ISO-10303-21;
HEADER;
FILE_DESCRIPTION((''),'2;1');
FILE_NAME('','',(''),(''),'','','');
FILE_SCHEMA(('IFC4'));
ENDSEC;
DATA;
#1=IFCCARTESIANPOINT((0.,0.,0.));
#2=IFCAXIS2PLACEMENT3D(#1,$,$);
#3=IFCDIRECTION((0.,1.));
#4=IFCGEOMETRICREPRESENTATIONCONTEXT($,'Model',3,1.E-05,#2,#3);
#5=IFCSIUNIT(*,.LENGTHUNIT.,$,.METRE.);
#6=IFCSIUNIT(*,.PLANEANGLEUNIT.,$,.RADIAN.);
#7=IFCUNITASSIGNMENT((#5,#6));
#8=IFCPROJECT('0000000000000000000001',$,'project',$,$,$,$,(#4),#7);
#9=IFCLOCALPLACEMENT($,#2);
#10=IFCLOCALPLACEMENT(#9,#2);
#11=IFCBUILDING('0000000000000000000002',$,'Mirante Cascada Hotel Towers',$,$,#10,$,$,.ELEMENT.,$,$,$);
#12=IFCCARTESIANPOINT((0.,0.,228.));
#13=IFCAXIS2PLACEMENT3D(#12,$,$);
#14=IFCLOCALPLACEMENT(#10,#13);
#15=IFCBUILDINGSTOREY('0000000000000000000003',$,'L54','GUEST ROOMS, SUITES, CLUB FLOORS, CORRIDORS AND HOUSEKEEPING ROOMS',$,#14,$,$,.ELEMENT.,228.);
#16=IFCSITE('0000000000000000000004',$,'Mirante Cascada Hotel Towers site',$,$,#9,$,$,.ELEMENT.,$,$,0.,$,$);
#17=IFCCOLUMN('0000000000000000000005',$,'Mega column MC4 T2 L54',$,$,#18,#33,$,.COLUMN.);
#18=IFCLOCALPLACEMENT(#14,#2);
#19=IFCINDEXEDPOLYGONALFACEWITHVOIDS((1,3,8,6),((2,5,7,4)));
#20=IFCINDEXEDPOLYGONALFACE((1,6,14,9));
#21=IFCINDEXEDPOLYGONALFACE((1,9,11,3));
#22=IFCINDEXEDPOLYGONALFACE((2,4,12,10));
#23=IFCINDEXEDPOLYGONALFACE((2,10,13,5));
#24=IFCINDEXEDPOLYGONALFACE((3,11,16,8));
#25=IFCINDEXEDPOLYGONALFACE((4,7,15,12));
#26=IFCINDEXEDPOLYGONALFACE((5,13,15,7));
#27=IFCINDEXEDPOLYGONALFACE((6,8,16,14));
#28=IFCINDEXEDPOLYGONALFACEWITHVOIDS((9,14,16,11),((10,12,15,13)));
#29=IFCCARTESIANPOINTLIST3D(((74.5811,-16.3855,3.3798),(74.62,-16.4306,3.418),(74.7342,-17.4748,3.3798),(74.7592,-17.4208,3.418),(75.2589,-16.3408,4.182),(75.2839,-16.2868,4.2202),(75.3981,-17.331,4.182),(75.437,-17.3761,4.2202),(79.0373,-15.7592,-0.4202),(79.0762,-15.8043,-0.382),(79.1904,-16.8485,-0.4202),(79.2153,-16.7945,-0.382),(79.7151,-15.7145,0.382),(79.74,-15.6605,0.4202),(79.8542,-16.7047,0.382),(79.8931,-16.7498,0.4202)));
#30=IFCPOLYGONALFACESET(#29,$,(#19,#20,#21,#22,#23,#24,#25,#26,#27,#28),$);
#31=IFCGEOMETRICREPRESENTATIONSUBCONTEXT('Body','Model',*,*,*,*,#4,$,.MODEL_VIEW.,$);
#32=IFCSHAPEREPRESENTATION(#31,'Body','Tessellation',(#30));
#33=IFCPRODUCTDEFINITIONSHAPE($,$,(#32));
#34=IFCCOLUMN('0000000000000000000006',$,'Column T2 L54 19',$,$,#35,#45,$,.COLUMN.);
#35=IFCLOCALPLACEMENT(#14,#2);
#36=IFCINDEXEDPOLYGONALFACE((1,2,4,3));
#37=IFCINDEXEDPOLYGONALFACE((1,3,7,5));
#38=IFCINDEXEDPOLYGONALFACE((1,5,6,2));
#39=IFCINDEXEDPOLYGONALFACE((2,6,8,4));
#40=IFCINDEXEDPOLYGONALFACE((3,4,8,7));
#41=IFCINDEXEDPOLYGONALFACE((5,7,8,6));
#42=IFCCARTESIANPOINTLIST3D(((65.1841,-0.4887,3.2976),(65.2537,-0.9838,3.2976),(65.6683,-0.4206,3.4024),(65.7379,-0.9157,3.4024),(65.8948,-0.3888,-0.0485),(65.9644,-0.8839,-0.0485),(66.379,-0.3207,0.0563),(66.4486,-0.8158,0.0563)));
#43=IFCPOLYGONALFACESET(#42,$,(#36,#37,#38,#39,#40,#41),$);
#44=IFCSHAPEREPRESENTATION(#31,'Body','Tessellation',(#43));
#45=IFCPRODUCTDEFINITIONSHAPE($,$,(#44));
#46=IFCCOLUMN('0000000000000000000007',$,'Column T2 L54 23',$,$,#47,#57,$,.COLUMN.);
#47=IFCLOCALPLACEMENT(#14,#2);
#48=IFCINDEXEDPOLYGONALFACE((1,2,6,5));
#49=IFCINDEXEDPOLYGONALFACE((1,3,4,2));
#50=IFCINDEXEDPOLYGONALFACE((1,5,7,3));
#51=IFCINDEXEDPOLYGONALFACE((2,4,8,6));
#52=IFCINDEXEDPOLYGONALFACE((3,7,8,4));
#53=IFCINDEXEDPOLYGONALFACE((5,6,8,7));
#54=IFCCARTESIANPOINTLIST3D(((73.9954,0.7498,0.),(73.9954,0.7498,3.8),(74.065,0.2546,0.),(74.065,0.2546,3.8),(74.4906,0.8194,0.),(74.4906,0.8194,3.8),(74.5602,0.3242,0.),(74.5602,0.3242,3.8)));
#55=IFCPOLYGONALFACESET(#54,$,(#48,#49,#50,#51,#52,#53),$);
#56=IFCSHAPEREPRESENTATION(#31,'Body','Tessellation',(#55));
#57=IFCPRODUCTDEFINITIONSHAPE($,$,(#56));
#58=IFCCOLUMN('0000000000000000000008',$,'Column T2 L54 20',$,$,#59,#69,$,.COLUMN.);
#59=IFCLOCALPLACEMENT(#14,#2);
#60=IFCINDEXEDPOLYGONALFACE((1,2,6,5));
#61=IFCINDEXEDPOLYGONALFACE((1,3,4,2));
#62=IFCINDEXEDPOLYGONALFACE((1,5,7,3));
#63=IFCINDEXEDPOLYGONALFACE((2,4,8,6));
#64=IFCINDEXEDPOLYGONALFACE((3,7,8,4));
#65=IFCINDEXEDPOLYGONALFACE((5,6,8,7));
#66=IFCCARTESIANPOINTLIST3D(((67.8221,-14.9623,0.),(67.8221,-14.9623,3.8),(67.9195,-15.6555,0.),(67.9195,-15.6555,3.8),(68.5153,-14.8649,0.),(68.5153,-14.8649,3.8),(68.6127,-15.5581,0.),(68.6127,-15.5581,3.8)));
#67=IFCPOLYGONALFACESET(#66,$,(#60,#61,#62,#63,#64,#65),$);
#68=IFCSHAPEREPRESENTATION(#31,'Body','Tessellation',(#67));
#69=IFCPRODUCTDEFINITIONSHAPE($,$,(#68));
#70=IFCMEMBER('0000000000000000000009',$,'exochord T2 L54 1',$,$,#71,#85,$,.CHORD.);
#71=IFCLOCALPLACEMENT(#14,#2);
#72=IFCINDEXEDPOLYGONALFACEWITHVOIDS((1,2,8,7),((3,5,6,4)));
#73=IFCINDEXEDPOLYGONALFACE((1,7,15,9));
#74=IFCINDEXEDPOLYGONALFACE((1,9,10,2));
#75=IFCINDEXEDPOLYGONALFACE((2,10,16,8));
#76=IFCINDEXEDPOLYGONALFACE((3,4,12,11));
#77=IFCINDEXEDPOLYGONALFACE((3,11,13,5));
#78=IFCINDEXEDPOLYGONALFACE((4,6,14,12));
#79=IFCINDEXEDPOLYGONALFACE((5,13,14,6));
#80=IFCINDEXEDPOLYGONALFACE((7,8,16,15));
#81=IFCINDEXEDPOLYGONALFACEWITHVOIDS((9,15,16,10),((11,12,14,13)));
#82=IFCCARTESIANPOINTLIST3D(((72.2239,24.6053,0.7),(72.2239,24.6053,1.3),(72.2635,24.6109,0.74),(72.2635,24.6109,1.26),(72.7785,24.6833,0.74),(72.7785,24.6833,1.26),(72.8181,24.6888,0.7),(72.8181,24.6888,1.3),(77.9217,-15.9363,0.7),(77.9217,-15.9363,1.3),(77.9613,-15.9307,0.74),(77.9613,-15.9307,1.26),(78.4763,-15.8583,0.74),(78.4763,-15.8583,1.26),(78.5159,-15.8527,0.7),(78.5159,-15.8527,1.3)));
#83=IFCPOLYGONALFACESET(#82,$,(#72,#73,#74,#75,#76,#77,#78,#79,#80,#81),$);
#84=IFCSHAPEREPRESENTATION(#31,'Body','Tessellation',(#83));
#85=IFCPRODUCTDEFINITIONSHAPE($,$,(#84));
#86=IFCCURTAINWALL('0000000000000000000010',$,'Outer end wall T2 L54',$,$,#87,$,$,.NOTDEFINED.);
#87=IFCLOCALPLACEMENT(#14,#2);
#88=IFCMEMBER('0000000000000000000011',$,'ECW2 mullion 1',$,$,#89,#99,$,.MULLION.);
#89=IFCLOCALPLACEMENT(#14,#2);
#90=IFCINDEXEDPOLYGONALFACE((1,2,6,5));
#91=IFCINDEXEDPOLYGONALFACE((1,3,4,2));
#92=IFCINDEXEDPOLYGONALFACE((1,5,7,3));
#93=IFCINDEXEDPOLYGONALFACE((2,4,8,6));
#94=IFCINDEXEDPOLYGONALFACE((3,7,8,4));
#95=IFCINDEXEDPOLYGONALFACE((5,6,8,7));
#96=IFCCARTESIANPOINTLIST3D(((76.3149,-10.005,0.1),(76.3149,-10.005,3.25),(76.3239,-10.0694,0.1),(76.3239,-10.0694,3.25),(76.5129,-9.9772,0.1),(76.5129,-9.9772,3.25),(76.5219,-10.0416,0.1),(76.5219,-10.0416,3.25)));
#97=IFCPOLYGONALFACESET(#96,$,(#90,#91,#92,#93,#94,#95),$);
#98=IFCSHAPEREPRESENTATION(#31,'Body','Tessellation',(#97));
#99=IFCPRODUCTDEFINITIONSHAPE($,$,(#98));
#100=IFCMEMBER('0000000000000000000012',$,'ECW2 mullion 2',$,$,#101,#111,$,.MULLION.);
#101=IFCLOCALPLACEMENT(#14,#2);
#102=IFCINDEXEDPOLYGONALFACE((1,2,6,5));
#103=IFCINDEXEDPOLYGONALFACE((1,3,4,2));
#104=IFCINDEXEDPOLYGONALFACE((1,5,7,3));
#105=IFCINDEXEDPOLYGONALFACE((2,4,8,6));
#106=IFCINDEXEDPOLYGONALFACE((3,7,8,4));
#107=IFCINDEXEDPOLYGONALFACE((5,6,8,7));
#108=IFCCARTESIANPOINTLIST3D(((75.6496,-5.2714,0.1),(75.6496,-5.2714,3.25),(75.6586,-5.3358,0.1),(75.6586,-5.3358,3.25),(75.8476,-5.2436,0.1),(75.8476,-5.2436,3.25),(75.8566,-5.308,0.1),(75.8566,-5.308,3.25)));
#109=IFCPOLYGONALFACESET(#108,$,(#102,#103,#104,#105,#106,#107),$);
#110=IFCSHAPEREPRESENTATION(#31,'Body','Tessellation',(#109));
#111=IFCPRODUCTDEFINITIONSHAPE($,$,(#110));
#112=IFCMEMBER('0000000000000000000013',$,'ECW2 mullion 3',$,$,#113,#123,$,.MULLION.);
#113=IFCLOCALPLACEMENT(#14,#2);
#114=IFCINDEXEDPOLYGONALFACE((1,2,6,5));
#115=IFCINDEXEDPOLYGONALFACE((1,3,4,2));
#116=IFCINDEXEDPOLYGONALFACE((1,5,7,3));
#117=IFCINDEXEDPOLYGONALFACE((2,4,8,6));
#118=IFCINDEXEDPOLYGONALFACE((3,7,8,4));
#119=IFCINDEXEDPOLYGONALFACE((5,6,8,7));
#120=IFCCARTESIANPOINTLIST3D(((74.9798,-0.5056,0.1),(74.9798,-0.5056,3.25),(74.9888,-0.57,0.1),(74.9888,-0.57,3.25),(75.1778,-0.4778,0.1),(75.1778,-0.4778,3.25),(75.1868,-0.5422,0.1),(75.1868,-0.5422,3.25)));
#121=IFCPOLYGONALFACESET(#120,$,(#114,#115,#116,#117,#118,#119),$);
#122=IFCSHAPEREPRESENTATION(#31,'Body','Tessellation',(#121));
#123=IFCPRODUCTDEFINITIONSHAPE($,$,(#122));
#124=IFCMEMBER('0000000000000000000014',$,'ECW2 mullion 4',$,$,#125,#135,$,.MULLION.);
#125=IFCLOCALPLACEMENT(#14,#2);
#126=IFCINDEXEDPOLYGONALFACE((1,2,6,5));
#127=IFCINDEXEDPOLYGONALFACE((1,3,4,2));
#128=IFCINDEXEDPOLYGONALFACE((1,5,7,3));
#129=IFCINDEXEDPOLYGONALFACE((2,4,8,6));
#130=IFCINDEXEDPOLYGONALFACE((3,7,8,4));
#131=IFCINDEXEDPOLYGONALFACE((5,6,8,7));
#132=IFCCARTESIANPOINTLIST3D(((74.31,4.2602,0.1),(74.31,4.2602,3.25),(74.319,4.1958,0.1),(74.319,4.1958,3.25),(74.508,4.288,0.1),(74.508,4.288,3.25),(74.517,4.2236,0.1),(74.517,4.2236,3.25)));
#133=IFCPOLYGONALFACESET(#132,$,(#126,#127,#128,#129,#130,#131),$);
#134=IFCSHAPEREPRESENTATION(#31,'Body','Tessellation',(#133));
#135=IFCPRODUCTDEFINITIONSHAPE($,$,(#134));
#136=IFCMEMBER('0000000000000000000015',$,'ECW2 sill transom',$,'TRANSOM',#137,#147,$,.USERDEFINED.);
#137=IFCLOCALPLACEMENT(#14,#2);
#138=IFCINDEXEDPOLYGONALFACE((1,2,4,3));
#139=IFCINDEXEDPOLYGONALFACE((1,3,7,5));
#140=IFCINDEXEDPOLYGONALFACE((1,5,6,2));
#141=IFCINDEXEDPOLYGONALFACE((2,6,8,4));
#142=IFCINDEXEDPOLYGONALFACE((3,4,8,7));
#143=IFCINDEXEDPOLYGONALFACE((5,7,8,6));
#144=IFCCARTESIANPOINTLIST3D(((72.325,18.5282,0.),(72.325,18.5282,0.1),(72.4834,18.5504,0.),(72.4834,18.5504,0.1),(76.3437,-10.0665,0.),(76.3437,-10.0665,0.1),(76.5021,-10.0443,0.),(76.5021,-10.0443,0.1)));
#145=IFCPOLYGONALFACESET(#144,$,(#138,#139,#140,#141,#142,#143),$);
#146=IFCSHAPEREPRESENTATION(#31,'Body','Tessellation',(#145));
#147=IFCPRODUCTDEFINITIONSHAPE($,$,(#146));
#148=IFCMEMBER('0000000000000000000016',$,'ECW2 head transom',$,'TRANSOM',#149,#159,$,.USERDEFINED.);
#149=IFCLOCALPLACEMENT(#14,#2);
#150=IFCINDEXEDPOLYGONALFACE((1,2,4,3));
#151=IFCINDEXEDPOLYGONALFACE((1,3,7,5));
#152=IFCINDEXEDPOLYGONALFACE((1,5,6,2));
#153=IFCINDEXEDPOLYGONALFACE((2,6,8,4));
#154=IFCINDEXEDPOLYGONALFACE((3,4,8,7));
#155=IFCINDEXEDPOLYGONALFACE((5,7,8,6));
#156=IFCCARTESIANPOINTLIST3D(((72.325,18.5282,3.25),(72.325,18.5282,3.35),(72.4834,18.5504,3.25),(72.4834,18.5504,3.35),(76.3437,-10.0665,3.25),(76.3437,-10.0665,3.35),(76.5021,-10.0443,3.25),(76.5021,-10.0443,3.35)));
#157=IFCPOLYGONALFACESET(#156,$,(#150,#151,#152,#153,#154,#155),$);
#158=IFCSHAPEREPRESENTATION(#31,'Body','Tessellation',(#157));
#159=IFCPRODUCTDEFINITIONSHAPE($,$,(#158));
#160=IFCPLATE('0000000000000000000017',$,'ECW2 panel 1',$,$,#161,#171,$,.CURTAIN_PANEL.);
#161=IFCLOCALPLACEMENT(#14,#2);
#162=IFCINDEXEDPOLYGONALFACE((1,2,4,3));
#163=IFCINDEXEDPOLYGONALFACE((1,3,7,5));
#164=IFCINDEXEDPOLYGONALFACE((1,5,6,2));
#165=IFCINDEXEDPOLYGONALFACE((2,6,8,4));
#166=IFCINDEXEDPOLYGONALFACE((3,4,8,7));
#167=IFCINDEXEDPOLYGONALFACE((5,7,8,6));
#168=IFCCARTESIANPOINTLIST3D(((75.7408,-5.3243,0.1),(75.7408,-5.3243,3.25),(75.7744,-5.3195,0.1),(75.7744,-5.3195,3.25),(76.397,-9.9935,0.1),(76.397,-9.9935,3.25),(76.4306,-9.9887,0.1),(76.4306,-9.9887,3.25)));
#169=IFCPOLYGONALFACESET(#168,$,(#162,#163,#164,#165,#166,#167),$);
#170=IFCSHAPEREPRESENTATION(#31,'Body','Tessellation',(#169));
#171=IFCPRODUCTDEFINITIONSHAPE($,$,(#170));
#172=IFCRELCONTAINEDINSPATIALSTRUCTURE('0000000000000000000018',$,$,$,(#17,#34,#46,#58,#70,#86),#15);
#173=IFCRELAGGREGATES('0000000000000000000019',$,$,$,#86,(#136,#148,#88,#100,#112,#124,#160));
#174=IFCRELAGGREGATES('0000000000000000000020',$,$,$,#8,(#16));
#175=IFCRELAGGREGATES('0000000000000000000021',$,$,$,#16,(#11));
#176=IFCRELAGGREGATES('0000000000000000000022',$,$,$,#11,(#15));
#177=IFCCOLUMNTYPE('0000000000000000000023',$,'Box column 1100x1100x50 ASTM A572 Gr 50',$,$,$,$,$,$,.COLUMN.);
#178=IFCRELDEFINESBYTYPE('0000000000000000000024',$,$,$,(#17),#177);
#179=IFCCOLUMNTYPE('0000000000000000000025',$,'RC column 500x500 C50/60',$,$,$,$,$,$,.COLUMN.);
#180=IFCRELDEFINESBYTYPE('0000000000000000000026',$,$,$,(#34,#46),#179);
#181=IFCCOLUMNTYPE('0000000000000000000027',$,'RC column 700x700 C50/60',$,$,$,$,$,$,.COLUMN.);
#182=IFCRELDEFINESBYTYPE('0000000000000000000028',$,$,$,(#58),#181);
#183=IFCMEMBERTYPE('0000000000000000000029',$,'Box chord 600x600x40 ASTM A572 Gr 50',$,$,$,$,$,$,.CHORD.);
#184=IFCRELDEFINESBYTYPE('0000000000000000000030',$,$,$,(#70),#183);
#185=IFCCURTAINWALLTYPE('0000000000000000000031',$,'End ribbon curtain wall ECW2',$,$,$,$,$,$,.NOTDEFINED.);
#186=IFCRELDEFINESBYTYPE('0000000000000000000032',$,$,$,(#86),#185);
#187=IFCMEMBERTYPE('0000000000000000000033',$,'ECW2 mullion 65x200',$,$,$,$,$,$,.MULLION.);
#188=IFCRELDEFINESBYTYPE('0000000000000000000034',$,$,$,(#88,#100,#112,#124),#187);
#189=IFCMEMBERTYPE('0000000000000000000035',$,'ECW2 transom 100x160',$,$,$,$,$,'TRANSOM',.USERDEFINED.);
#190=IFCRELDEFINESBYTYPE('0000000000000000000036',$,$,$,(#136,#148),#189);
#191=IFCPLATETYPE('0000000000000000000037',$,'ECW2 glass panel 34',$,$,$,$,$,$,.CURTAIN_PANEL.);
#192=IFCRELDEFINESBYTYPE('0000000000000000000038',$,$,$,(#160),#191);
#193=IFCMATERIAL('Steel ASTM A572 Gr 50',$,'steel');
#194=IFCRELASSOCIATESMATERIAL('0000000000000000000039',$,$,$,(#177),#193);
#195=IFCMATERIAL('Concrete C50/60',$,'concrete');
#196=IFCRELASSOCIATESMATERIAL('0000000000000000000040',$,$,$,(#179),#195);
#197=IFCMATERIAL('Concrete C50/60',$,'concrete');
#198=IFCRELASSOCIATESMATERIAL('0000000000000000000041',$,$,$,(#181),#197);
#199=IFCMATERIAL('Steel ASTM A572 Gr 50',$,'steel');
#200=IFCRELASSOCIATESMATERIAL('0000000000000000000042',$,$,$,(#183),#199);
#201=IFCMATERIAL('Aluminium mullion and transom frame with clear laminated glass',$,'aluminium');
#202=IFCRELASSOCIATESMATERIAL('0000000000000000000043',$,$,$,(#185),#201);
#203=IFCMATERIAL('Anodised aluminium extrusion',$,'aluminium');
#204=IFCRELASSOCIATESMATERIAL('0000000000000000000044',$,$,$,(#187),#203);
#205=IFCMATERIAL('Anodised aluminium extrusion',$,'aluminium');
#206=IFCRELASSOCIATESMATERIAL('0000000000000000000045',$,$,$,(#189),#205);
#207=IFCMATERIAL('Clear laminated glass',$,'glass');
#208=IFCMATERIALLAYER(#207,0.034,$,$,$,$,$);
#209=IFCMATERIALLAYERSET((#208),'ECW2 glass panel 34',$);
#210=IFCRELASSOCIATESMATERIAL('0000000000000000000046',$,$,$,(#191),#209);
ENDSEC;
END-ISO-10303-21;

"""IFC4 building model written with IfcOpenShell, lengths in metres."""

from ifc_helpers import new_model, si_unit, direction, frame, origin, origin_2d, place, context, subcontext, project, spatial, rectangle, hollow_rectangle, extrude, material, layer, layer_set, material_profile, profile_set, type_object, element, aggregate, save


model = new_model("IFC4")

# Units and contexts
model_context = context("Model", 3, precision=1e-05, world=origin(), true_north=direction((0.0, 1.0)))
body_context = subcontext(model_context, "Body", "Model", "MODEL_VIEW")
ifc_project = project(units=[si_unit("LENGTHUNIT", "METRE"), si_unit("PLANEANGLEUNIT", "RADIAN")], contexts=[model_context])

# Site, building, storey
site_placement = place(None, origin())
site = spatial("IfcSite", under=ifc_project, at=site_placement, Name="Mirante Cascada Hotel Towers site", CompositionType="ELEMENT", RefElevation=0.0)
building_placement = place(site_placement, origin())
building = spatial("IfcBuilding", under=site, at=building_placement, Name="Mirante Cascada Hotel Towers", CompositionType="ELEMENT")
storey_placement = place(building_placement, frame((0.0, 0.0, 228.0)))
storey = spatial("IfcBuildingStorey", under=building, at=storey_placement, Name="L54", Description="GUEST ROOMS, SUITES, CLUB FLOORS, CORRIDORS AND HOUSEKEEPING ROOMS", CompositionType="ELEMENT", Elevation=228.0)

# Columns
ifc_material_1 = material(Name="Steel ASTM A572 Gr 50", Category="steel")
ifc_material_profile_1 = material_profile(ifc_material_1, hollow_rectangle(XDim=1.1, YDim=1.1, WallThickness=0.05, at=origin_2d()), Name="Box column 1100x1100x50 ASTM A572 Gr 50")
ifc_profile_set_1 = profile_set([ifc_material_profile_1], Name="Steel ASTM A572 Gr 50")
column_type_1 = type_object("IfcColumnType", Name="Box column 1100x1100x50 ASTM A572 Gr 50", PredefinedType="COLUMN", material=ifc_profile_set_1)
column_1_placement = place(storey_placement, frame((79.4652, -16.2545, 0.0), z_axis=(-0.756594, -0.106336, 0.645181), x_axis=(0.139178, -0.990267, 0.0)))
element("IfcColumn", 1, at=column_1_placement, inside=storey, type_object=column_type_1, Name="Mega column MC4 T2 L54", PredefinedType="COLUMN", context=body_context, shape_type="SweptSolid", body=[
    extrude(hollow_rectangle(XDim=1.1, YDim=1.1, WallThickness=0.05, at=origin_2d()), origin(), (0.0, 0.0, 1.0), 5.8898),
])
ifc_material_2 = material(Name="Concrete C50/60", Category="concrete")
ifc_material_profile_2 = material_profile(ifc_material_2, rectangle(XDim=0.5, YDim=0.5, at=origin_2d()), Name="RC column 500x500 C50/60")
ifc_profile_set_2 = profile_set([ifc_material_profile_2], Name="Concrete C50/60")
column_type_2 = type_object("IfcColumnType", Name="RC column 500x500 C50/60", PredefinedType="COLUMN", material=ifc_profile_set_2)
column_2_placement = place(storey_placement, frame((66.1717, -0.6023, 0.0039), z_axis=(-0.207673, -0.029192, 0.977763), x_axis=(0.139197, -0.990265, 0.0)))
element("IfcColumn", 2, at=column_2_placement, inside=storey, type_object=column_type_2, Name="Column T2 L54 19", PredefinedType="COLUMN", context=body_context, shape_type="SweptSolid", body=[
    extrude(rectangle(XDim=0.5, YDim=0.5, at=origin_2d()), origin(), (0.0, 0.0, 1.0), 3.4222),
])
column_3_placement = place(storey_placement, frame((74.2778, 0.537, 0.0), z_axis=(0.0, 0.0, 1.0), x_axis=(0.990268, 0.139173, 0.0)))
element("IfcColumn", 3, at=column_3_placement, inside=storey, type_object=column_type_2, Name="Column T2 L54 23", PredefinedType="COLUMN", context=body_context, shape_type="SweptSolid", body=[
    extrude(rectangle(XDim=0.5, YDim=0.5, at=origin_2d()), origin(), (0.0, 0.0, 1.0), 3.8),
])
ifc_material_3 = material(Name="Concrete C50/60", Category="concrete")
ifc_material_profile_3 = material_profile(ifc_material_3, rectangle(XDim=0.7, YDim=0.7, at=origin_2d()), Name="RC column 700x700 C50/60")
ifc_profile_set_3 = profile_set([ifc_material_profile_3], Name="Concrete C50/60")
column_type_3 = type_object("IfcColumnType", Name="RC column 700x700 C50/60", PredefinedType="COLUMN", material=ifc_profile_set_3)
column_4_placement = place(storey_placement, frame((68.2174, -15.2602, 0.0), z_axis=(0.0, 0.0, 1.0), x_axis=(0.990268, 0.139173, 0.0)))
element("IfcColumn", 4, at=column_4_placement, inside=storey, type_object=column_type_3, Name="Column T2 L54 20", PredefinedType="COLUMN", context=body_context, shape_type="SweptSolid", body=[
    extrude(rectangle(XDim=0.7, YDim=0.7, at=origin_2d()), origin(), (0.0, 0.0, 1.0), 3.8),
])

# Member
ifc_material_4 = material(Name="Steel ASTM A572 Gr 50", Category="steel")
ifc_material_profile_4 = material_profile(ifc_material_4, hollow_rectangle(XDim=0.6, YDim=0.6, WallThickness=0.04, at=origin_2d()), Name="Box chord 600x600x40 ASTM A572 Gr 50")
ifc_profile_set_4 = profile_set([ifc_material_profile_4], Name="Steel ASTM A572 Gr 50")
member_type_1 = type_object("IfcMemberType", Name="Box chord 600x600x40 ASTM A572 Gr 50", PredefinedType="CHORD", material=ifc_profile_set_4)
member_1_placement = place(storey_placement, frame((78.2188, -15.8945, 1.0), z_axis=(-0.139174, 0.990268, 0.0), x_axis=(-0.990268, -0.139174, 0.0)))
element("IfcMember", 5, at=member_1_placement, inside=storey, type_object=member_type_1, Name="exochord T2 L54 1", PredefinedType="CHORD", context=body_context, shape_type="SweptSolid", body=[
    extrude(hollow_rectangle(XDim=0.6, YDim=0.6, WallThickness=0.04, at=origin_2d()), origin(), (0.0, 0.0, 1.0), 40.94),
])

# Curtain wall, members, plate
ifc_material_5 = material(Name="Aluminium mullion and transom frame with clear laminated glass", Category="aluminium")
curtain_wall_type = type_object("IfcCurtainWallType", Name="End ribbon curtain wall ECW2", PredefinedType="NOTDEFINED", material=ifc_material_5)
curtain_wall_placement = place(storey_placement, origin())
curtain_wall = element("IfcCurtainWall", 6, at=curtain_wall_placement, inside=storey, type_object=curtain_wall_type, Name="Outer end wall T2 L54", PredefinedType="NOTDEFINED")
ifc_material_6 = material(Name="Anodised aluminium extrusion", Category="aluminium")
ifc_material_profile_5 = material_profile(ifc_material_6, rectangle(XDim=0.2, YDim=0.065, at=origin_2d()), Name="ECW2 MULLION 65x200")
ifc_profile_set_5 = profile_set([ifc_material_profile_5], Name="Anodised aluminium extrusion")
member_type_2 = type_object("IfcMemberType", Name="ECW2 mullion 65x200", PredefinedType="MULLION", material=ifc_profile_set_5)
member_2_placement = place(storey_placement, frame((76.4184, -10.0233, 0.1), z_axis=(0.0, 0.0, 1.0), x_axis=(-0.990268, -0.139173, 0.0)))
member_2 = element("IfcMember", 7, at=member_2_placement, type_object=member_type_2, Name="ECW2 mullion 1", PredefinedType="MULLION", context=body_context, shape_type="SweptSolid", body=[
    extrude(rectangle(XDim=0.2, YDim=0.065, at=origin_2d()), origin(), (0.0, 0.0, 1.0), 3.15),
])
member_3_placement = place(storey_placement, frame((75.7531, -5.2897, 0.1), z_axis=(0.0, 0.0, 1.0), x_axis=(-0.990268, -0.139173, 0.0)))
member_3 = element("IfcMember", 8, at=member_3_placement, type_object=member_type_2, Name="ECW2 mullion 2", PredefinedType="MULLION", context=body_context, shape_type="SweptSolid", body=[
    extrude(rectangle(XDim=0.2, YDim=0.065, at=origin_2d()), origin(), (0.0, 0.0, 1.0), 3.15),
])
member_4_placement = place(storey_placement, frame((75.0833, -0.5239, 0.1), z_axis=(0.0, 0.0, 1.0), x_axis=(-0.990268, -0.139173, 0.0)))
member_4 = element("IfcMember", 9, at=member_4_placement, type_object=member_type_2, Name="ECW2 mullion 3", PredefinedType="MULLION", context=body_context, shape_type="SweptSolid", body=[
    extrude(rectangle(XDim=0.2, YDim=0.065, at=origin_2d()), origin(), (0.0, 0.0, 1.0), 3.15),
])
member_5_placement = place(storey_placement, frame((74.4135, 4.2419, 0.1), z_axis=(0.0, 0.0, 1.0), x_axis=(-0.990268, -0.139173, 0.0)))
member_5 = element("IfcMember", 10, at=member_5_placement, type_object=member_type_2, Name="ECW2 mullion 4", PredefinedType="MULLION", context=body_context, shape_type="SweptSolid", body=[
    extrude(rectangle(XDim=0.2, YDim=0.065, at=origin_2d()), origin(), (0.0, 0.0, 1.0), 3.15),
])
ifc_material_7 = material(Name="Anodised aluminium extrusion", Category="aluminium")
ifc_material_profile_6 = material_profile(ifc_material_7, rectangle(XDim=0.16, YDim=0.1, at=origin_2d()), Name="ECW2 TRANSOM 100x160")
ifc_profile_set_6 = profile_set([ifc_material_profile_6], Name="Anodised aluminium extrusion")
member_type_3 = type_object("IfcMemberType", Name="ECW2 transom 100x160", ElementType="TRANSOM", PredefinedType="USERDEFINED", material=ifc_profile_set_6)
member_6_placement = place(storey_placement, frame((76.4229, -10.0554, 0.05), z_axis=(-0.139172, 0.990268, 0.0), x_axis=(-0.990268, -0.139172, 0.0)))
member_6 = element("IfcMember", 11, at=member_6_placement, type_object=member_type_3, Name="ECW2 sill transom", ObjectType="TRANSOM", PredefinedType="USERDEFINED", context=body_context, shape_type="SweptSolid", body=[
    extrude(rectangle(XDim=0.16, YDim=0.1, at=origin_2d()), origin(), (0.0, 0.0, 1.0), 28.8757),
])
member_7_placement = place(storey_placement, frame((76.4229, -10.0554, 3.3), z_axis=(-0.139172, 0.990268, 0.0), x_axis=(-0.990268, -0.139172, 0.0)))
member_7 = element("IfcMember", 12, at=member_7_placement, type_object=member_type_3, Name="ECW2 head transom", ObjectType="TRANSOM", PredefinedType="USERDEFINED", context=body_context, shape_type="SweptSolid", body=[
    extrude(rectangle(XDim=0.16, YDim=0.1, at=origin_2d()), origin(), (0.0, 0.0, 1.0), 28.8757),
])
ifc_material_8 = material(Name="Clear laminated glass", Category="glass")
ifc_layer_1 = layer(ifc_material_8, 0.034)
ifc_layer_set_1 = layer_set([ifc_layer_1], Name="ECW2 glass panel 34")
plate_type_1 = type_object("IfcPlateType", Name="ECW2 glass panel 34", PredefinedType="CURTAIN_PANEL", material=ifc_layer_set_1)
plate_1_placement = place(storey_placement, frame((76.0857, -7.6565, 0.1), z_axis=(0.0, 0.0, 1.0), x_axis=(-0.139173, 0.990268, 0.0)))
plate_1 = element("IfcPlate", 13, at=plate_1_placement, type_object=plate_type_1, Name="ECW2 panel 1", PredefinedType="CURTAIN_PANEL", context=body_context, shape_type="SweptSolid", body=[
    extrude(rectangle(XDim=4.7151, YDim=0.034, at=origin_2d()), origin(), (0.0, 0.0, 1.0), 3.15),
])
aggregate(curtain_wall, [member_6, member_7, member_2, member_3, member_4, member_5, plate_1])

save(model, "model.ifc")
